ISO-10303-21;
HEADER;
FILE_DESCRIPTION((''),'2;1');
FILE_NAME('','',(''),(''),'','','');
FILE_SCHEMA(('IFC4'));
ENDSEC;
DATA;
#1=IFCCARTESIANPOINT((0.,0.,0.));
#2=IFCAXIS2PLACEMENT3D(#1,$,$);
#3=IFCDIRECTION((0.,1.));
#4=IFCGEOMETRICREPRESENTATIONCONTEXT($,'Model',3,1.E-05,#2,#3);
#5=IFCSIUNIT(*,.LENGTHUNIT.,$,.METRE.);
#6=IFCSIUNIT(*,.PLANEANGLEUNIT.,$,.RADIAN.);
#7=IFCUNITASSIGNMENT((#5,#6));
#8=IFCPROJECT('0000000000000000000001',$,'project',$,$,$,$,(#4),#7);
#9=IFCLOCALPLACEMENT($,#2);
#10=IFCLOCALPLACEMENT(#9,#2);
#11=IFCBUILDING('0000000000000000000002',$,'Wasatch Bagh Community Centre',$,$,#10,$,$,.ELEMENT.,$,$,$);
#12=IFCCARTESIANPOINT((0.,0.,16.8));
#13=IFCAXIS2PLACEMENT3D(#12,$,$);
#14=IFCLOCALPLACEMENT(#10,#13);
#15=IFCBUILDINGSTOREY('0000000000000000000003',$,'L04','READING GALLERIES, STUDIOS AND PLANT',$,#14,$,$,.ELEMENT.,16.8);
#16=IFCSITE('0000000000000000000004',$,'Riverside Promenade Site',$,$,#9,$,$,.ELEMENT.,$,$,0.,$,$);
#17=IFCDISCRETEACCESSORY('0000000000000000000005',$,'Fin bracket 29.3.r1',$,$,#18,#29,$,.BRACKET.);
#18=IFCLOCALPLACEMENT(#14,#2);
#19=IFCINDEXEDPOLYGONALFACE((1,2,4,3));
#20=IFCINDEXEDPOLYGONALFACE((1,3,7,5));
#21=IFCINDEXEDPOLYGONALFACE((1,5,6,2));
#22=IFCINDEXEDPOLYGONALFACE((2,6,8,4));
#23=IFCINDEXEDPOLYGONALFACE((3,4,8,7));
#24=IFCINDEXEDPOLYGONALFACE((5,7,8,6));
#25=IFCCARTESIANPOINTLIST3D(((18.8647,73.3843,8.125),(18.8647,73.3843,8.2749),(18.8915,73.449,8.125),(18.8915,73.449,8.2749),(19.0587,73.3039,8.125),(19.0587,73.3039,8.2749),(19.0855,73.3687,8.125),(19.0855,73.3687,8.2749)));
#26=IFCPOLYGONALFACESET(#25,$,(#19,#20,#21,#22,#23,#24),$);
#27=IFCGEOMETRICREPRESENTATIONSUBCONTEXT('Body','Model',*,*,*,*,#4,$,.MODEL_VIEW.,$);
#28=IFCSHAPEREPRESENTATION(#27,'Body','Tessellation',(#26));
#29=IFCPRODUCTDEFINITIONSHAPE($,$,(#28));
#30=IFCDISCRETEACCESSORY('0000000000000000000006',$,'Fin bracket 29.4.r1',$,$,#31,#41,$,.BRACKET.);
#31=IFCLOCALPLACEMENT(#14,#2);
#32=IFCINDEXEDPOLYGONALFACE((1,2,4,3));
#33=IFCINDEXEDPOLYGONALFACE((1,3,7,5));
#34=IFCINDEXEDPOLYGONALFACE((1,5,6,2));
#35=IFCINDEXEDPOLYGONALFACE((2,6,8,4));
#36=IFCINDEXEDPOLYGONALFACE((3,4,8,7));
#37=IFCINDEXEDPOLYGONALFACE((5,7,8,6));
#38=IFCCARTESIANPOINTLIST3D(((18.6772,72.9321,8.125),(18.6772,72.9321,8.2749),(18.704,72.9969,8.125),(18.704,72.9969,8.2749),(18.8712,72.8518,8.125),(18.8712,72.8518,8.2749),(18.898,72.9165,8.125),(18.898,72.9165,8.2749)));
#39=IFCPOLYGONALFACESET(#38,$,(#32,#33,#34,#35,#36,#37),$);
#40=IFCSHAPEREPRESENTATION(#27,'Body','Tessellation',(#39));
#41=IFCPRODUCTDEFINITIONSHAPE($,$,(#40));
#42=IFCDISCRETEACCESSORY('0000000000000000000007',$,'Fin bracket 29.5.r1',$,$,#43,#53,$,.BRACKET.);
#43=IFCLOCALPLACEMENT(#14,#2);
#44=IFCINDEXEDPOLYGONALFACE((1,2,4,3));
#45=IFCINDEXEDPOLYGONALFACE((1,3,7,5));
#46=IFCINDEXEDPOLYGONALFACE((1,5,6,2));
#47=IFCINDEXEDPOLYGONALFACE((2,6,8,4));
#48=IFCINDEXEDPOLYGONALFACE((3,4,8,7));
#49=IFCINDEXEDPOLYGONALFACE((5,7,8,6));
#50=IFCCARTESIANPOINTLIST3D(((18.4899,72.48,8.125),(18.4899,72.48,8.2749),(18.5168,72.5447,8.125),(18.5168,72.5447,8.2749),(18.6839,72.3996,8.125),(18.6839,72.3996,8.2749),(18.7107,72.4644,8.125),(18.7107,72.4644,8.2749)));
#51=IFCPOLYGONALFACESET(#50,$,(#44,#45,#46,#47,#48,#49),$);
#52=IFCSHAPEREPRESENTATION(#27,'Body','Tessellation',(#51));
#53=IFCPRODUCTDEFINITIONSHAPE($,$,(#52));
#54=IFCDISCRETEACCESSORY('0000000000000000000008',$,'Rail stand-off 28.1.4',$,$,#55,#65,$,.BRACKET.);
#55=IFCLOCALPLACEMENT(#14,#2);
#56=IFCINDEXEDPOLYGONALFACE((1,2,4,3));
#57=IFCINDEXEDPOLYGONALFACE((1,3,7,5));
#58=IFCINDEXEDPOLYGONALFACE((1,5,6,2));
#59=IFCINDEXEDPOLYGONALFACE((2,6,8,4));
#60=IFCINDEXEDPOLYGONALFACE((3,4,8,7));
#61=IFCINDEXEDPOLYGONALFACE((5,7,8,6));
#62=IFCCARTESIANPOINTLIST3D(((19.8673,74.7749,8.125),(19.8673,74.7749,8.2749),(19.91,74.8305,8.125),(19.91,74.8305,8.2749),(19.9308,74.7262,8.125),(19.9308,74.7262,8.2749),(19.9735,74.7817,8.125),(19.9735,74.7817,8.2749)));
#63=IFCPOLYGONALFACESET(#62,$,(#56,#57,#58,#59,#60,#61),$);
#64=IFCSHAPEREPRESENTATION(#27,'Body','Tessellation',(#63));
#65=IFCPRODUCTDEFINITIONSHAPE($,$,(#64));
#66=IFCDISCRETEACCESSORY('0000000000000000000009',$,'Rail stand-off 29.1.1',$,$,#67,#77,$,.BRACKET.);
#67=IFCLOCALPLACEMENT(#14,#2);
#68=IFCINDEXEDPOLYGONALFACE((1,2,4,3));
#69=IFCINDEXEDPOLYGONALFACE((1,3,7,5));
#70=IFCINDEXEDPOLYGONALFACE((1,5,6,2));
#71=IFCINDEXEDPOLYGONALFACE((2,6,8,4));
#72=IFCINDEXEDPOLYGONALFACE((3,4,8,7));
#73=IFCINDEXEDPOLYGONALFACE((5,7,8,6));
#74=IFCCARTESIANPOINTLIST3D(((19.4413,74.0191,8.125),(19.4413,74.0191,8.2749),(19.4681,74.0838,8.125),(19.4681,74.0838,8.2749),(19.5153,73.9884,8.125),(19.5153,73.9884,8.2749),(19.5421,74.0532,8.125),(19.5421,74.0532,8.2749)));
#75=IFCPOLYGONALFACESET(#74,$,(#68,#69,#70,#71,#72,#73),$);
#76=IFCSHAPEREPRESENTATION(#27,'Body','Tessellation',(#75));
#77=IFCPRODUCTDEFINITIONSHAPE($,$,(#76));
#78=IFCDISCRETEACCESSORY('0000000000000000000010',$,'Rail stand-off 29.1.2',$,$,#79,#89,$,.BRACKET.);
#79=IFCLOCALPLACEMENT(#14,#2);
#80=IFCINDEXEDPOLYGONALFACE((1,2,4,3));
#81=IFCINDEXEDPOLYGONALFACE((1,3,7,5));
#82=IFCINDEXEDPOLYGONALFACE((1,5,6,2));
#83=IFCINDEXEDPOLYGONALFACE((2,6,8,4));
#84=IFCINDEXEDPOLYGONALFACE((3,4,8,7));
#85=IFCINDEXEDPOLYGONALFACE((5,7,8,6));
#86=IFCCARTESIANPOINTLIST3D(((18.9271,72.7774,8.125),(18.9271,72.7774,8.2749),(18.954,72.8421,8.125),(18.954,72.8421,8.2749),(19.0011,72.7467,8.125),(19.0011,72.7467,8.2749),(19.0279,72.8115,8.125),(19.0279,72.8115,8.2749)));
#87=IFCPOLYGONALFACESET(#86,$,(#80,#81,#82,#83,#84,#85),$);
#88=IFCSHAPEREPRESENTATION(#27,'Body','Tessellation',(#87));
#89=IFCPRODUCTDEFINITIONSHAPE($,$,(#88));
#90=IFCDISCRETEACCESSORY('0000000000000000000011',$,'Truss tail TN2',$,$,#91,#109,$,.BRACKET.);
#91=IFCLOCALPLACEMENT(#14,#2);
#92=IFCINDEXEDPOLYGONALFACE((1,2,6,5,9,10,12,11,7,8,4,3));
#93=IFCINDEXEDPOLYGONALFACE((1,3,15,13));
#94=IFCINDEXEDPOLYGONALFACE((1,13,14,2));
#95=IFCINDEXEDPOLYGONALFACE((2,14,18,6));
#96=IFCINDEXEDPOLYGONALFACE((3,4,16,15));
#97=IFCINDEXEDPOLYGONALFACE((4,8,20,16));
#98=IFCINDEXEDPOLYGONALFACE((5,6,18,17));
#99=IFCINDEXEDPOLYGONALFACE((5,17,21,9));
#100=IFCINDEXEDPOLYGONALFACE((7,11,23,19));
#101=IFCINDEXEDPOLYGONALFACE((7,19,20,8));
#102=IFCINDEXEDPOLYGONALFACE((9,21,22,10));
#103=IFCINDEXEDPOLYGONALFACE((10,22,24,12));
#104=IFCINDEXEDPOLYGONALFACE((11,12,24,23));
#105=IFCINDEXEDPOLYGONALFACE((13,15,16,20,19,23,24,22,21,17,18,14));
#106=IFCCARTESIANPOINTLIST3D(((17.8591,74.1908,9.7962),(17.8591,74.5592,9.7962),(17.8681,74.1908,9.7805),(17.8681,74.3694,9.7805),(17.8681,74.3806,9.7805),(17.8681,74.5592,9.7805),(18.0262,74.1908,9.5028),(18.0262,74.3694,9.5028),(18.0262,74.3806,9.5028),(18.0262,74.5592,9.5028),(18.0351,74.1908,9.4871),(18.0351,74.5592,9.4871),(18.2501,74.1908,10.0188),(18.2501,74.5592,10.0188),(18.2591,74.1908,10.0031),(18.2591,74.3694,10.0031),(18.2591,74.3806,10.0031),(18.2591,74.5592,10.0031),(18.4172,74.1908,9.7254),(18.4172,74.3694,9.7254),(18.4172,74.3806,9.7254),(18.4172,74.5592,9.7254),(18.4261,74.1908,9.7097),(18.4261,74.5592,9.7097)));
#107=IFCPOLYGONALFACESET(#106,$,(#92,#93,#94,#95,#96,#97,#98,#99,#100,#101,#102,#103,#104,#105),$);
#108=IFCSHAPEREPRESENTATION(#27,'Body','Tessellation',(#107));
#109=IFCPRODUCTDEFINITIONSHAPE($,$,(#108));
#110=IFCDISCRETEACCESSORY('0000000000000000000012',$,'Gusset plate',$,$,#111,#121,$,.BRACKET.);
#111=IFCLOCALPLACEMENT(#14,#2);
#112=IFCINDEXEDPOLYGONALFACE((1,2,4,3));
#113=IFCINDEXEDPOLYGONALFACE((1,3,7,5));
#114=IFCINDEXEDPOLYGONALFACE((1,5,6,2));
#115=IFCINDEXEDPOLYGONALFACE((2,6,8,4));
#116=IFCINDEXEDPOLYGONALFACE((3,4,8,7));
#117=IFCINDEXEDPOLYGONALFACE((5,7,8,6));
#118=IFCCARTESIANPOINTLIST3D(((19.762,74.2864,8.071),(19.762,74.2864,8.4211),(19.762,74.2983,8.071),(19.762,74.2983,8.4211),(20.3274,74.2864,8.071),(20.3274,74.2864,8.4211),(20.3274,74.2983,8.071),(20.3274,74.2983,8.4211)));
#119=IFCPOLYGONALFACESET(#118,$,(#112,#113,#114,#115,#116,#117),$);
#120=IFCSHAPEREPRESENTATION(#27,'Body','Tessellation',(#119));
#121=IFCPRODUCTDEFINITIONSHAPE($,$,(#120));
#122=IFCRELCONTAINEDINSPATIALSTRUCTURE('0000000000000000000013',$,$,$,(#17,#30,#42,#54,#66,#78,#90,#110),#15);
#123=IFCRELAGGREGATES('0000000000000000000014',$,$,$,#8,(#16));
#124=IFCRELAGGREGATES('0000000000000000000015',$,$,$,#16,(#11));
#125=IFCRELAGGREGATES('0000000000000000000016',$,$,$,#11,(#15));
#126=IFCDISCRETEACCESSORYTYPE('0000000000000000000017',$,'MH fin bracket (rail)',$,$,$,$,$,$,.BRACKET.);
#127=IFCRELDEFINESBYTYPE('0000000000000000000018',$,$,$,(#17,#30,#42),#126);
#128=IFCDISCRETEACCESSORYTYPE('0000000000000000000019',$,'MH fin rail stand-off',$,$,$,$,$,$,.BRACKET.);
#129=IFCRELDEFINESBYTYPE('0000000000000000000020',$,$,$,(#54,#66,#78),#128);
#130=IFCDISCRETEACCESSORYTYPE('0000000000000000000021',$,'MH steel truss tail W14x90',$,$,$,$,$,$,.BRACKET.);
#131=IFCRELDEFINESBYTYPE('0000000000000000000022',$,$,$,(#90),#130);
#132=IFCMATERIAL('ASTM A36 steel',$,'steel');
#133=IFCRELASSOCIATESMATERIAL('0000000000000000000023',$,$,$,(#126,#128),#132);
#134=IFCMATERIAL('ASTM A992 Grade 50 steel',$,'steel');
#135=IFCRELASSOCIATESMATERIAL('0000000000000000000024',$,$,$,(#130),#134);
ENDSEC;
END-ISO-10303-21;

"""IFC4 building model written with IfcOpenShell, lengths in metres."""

from ifc_helpers import new_model, si_unit, direction, frame, origin, origin_2d, place, context, subcontext, project, spatial, polyline, rectangle, i_section, outline, extrude, material, material_profile, profile_set, type_object, element, save


model = new_model("IFC4")

# Units and contexts
model_context = context("Model", 3, precision=1e-05, world=origin(), true_north=direction((0.0, 1.0)))
body_context = subcontext(model_context, "Body", "Model", "MODEL_VIEW")
ifc_project = project(units=[si_unit("LENGTHUNIT", "METRE"), si_unit("PLANEANGLEUNIT", "RADIAN")], contexts=[model_context])

# Site, building, storey
site_placement = place(None, origin())
site = spatial("IfcSite", under=ifc_project, at=site_placement, Name="Riverside Promenade Site", CompositionType="ELEMENT", RefElevation=0.0)
building_placement = place(site_placement, origin())
building = spatial("IfcBuilding", under=site, at=building_placement, Name="Wasatch Bagh Community Centre", CompositionType="ELEMENT")
storey_placement = place(building_placement, frame((0.0, 0.0, 16.8)))
storey = spatial("IfcBuildingStorey", under=building, at=storey_placement, Name="L04", Description="READING GALLERIES, STUDIOS AND PLANT", CompositionType="ELEMENT", Elevation=16.8)

# Shared definitions
ifc_material_1 = material(Name="ASTM A992 Grade 50 steel", Category="steel")

# Shared definitions
ifc_material_2 = material(Name="ASTM A36 steel", Category="steel")

# Discrete accessories
discrete_accessory_type_1 = type_object("IfcDiscreteAccessoryType", Name="MH fin bracket (rail)", PredefinedType="BRACKET", material=ifc_material_2)
for number, where, z_axis, x_axis, name in (
    (1, (18.9751, 73.3765, 8.125), (0.0, 0.0, 1.0), (-0.382683, -0.92388, 0.0), "Fin bracket 29.3.r1"),
    (2, (18.7876, 72.9243, 8.125), (0.0, 0.0, 1.0), (-0.382683, -0.92388, 0.0), "Fin bracket 29.4.r1"),
    (3, (18.6003, 72.4722, 8.125), (0.0, 0.0, 1.0), (-0.382683, -0.92388, 0.0), "Fin bracket 29.5.r1"),
):
    element("IfcDiscreteAccessory", number, at=place(storey_placement, frame(where, z_axis=z_axis, x_axis=x_axis)), inside=storey, type_object=discrete_accessory_type_1, Name=name, PredefinedType="BRACKET", context=body_context, shape_type="SweptSolid", body=[
        extrude(rectangle(XDim=0.0701, YDim=0.21, at=origin_2d()), origin(), (0.0, 0.0, 1.0), 0.1499),
    ])
discrete_accessory_type_2 = type_object("IfcDiscreteAccessoryType", Name="MH fin rail stand-off", PredefinedType="BRACKET", material=ifc_material_2)
for number, where, z_axis, x_axis, name in (
    (4, (19.9204, 74.7783, 8.125), (0.0, 0.0, 1.0), (-0.608761, -0.793353, 0.0), "Rail stand-off 28.1.4"),
    (5, (19.4917, 74.0361, 8.125), (0.0, 0.0, 1.0), (-0.382683, -0.92388, 0.0), "Rail stand-off 29.1.1"),
    (6, (18.9775, 72.7944, 8.125), (0.0, 0.0, 1.0), (-0.382683, -0.92388, 0.0), "Rail stand-off 29.1.2"),
):
    element("IfcDiscreteAccessory", number, at=place(storey_placement, frame(where, z_axis=z_axis, x_axis=x_axis)), inside=storey, type_object=discrete_accessory_type_2, Name=name, PredefinedType="BRACKET", context=body_context, shape_type="SweptSolid", body=[
        extrude(rectangle(XDim=0.0701, YDim=0.0801, at=origin_2d()), origin(), (0.0, 0.0, 1.0), 0.1499),
    ])
ifc_material_profile_1 = material_profile(ifc_material_1, i_section(OverallWidth=0.3684, OverallDepth=0.3557, WebThickness=0.0112, FlangeThickness=0.0181, at=origin_2d()), Name="W14x90")
ifc_profile_set_1 = profile_set([ifc_material_profile_1], Name="ASTM A992 Grade 50 steel")
discrete_accessory_type_3 = type_object("IfcDiscreteAccessoryType", Name="MH steel truss tail W14x90", PredefinedType="BRACKET", material=ifc_profile_set_1)
discrete_accessory_1_placement = place(storey_placement, frame((18.3381, 74.375, 9.8643), z_axis=(-0.869043, 0.0, -0.494736), x_axis=(0.0, -1.0, 0.0)))
element("IfcDiscreteAccessory", 7, at=discrete_accessory_1_placement, inside=storey, type_object=discrete_accessory_type_3, Name="Truss tail TN2", PredefinedType="BRACKET", context=body_context, shape_type="SweptSolid", body=[
    extrude(i_section(OverallWidth=0.3684, OverallDepth=0.3557, WebThickness=0.0112, FlangeThickness=0.0181, at=origin_2d()), origin(), (0.0, 0.0, 1.0), 0.45),
])
discrete_accessory_2_placement = place(storey_placement, frame((19.762, 74.2864, 8.071), z_axis=(0.0, -1.0, 0.0), x_axis=(1.0, 0.0, 0.0)))
element("IfcDiscreteAccessory", 8, at=discrete_accessory_2_placement, inside=storey, Name="Gusset plate", PredefinedType="BRACKET", context=body_context, shape_type="SweptSolid", body=[
    extrude(outline(polyline([(0.0, 0.0), (0.5654, 0.0), (0.5654, 0.3501), (0.0, 0.3501), (0.0, 0.0)])), origin(), (0.0, 0.0, -1.0), 0.012),
])

save(model, "model.ifc")
